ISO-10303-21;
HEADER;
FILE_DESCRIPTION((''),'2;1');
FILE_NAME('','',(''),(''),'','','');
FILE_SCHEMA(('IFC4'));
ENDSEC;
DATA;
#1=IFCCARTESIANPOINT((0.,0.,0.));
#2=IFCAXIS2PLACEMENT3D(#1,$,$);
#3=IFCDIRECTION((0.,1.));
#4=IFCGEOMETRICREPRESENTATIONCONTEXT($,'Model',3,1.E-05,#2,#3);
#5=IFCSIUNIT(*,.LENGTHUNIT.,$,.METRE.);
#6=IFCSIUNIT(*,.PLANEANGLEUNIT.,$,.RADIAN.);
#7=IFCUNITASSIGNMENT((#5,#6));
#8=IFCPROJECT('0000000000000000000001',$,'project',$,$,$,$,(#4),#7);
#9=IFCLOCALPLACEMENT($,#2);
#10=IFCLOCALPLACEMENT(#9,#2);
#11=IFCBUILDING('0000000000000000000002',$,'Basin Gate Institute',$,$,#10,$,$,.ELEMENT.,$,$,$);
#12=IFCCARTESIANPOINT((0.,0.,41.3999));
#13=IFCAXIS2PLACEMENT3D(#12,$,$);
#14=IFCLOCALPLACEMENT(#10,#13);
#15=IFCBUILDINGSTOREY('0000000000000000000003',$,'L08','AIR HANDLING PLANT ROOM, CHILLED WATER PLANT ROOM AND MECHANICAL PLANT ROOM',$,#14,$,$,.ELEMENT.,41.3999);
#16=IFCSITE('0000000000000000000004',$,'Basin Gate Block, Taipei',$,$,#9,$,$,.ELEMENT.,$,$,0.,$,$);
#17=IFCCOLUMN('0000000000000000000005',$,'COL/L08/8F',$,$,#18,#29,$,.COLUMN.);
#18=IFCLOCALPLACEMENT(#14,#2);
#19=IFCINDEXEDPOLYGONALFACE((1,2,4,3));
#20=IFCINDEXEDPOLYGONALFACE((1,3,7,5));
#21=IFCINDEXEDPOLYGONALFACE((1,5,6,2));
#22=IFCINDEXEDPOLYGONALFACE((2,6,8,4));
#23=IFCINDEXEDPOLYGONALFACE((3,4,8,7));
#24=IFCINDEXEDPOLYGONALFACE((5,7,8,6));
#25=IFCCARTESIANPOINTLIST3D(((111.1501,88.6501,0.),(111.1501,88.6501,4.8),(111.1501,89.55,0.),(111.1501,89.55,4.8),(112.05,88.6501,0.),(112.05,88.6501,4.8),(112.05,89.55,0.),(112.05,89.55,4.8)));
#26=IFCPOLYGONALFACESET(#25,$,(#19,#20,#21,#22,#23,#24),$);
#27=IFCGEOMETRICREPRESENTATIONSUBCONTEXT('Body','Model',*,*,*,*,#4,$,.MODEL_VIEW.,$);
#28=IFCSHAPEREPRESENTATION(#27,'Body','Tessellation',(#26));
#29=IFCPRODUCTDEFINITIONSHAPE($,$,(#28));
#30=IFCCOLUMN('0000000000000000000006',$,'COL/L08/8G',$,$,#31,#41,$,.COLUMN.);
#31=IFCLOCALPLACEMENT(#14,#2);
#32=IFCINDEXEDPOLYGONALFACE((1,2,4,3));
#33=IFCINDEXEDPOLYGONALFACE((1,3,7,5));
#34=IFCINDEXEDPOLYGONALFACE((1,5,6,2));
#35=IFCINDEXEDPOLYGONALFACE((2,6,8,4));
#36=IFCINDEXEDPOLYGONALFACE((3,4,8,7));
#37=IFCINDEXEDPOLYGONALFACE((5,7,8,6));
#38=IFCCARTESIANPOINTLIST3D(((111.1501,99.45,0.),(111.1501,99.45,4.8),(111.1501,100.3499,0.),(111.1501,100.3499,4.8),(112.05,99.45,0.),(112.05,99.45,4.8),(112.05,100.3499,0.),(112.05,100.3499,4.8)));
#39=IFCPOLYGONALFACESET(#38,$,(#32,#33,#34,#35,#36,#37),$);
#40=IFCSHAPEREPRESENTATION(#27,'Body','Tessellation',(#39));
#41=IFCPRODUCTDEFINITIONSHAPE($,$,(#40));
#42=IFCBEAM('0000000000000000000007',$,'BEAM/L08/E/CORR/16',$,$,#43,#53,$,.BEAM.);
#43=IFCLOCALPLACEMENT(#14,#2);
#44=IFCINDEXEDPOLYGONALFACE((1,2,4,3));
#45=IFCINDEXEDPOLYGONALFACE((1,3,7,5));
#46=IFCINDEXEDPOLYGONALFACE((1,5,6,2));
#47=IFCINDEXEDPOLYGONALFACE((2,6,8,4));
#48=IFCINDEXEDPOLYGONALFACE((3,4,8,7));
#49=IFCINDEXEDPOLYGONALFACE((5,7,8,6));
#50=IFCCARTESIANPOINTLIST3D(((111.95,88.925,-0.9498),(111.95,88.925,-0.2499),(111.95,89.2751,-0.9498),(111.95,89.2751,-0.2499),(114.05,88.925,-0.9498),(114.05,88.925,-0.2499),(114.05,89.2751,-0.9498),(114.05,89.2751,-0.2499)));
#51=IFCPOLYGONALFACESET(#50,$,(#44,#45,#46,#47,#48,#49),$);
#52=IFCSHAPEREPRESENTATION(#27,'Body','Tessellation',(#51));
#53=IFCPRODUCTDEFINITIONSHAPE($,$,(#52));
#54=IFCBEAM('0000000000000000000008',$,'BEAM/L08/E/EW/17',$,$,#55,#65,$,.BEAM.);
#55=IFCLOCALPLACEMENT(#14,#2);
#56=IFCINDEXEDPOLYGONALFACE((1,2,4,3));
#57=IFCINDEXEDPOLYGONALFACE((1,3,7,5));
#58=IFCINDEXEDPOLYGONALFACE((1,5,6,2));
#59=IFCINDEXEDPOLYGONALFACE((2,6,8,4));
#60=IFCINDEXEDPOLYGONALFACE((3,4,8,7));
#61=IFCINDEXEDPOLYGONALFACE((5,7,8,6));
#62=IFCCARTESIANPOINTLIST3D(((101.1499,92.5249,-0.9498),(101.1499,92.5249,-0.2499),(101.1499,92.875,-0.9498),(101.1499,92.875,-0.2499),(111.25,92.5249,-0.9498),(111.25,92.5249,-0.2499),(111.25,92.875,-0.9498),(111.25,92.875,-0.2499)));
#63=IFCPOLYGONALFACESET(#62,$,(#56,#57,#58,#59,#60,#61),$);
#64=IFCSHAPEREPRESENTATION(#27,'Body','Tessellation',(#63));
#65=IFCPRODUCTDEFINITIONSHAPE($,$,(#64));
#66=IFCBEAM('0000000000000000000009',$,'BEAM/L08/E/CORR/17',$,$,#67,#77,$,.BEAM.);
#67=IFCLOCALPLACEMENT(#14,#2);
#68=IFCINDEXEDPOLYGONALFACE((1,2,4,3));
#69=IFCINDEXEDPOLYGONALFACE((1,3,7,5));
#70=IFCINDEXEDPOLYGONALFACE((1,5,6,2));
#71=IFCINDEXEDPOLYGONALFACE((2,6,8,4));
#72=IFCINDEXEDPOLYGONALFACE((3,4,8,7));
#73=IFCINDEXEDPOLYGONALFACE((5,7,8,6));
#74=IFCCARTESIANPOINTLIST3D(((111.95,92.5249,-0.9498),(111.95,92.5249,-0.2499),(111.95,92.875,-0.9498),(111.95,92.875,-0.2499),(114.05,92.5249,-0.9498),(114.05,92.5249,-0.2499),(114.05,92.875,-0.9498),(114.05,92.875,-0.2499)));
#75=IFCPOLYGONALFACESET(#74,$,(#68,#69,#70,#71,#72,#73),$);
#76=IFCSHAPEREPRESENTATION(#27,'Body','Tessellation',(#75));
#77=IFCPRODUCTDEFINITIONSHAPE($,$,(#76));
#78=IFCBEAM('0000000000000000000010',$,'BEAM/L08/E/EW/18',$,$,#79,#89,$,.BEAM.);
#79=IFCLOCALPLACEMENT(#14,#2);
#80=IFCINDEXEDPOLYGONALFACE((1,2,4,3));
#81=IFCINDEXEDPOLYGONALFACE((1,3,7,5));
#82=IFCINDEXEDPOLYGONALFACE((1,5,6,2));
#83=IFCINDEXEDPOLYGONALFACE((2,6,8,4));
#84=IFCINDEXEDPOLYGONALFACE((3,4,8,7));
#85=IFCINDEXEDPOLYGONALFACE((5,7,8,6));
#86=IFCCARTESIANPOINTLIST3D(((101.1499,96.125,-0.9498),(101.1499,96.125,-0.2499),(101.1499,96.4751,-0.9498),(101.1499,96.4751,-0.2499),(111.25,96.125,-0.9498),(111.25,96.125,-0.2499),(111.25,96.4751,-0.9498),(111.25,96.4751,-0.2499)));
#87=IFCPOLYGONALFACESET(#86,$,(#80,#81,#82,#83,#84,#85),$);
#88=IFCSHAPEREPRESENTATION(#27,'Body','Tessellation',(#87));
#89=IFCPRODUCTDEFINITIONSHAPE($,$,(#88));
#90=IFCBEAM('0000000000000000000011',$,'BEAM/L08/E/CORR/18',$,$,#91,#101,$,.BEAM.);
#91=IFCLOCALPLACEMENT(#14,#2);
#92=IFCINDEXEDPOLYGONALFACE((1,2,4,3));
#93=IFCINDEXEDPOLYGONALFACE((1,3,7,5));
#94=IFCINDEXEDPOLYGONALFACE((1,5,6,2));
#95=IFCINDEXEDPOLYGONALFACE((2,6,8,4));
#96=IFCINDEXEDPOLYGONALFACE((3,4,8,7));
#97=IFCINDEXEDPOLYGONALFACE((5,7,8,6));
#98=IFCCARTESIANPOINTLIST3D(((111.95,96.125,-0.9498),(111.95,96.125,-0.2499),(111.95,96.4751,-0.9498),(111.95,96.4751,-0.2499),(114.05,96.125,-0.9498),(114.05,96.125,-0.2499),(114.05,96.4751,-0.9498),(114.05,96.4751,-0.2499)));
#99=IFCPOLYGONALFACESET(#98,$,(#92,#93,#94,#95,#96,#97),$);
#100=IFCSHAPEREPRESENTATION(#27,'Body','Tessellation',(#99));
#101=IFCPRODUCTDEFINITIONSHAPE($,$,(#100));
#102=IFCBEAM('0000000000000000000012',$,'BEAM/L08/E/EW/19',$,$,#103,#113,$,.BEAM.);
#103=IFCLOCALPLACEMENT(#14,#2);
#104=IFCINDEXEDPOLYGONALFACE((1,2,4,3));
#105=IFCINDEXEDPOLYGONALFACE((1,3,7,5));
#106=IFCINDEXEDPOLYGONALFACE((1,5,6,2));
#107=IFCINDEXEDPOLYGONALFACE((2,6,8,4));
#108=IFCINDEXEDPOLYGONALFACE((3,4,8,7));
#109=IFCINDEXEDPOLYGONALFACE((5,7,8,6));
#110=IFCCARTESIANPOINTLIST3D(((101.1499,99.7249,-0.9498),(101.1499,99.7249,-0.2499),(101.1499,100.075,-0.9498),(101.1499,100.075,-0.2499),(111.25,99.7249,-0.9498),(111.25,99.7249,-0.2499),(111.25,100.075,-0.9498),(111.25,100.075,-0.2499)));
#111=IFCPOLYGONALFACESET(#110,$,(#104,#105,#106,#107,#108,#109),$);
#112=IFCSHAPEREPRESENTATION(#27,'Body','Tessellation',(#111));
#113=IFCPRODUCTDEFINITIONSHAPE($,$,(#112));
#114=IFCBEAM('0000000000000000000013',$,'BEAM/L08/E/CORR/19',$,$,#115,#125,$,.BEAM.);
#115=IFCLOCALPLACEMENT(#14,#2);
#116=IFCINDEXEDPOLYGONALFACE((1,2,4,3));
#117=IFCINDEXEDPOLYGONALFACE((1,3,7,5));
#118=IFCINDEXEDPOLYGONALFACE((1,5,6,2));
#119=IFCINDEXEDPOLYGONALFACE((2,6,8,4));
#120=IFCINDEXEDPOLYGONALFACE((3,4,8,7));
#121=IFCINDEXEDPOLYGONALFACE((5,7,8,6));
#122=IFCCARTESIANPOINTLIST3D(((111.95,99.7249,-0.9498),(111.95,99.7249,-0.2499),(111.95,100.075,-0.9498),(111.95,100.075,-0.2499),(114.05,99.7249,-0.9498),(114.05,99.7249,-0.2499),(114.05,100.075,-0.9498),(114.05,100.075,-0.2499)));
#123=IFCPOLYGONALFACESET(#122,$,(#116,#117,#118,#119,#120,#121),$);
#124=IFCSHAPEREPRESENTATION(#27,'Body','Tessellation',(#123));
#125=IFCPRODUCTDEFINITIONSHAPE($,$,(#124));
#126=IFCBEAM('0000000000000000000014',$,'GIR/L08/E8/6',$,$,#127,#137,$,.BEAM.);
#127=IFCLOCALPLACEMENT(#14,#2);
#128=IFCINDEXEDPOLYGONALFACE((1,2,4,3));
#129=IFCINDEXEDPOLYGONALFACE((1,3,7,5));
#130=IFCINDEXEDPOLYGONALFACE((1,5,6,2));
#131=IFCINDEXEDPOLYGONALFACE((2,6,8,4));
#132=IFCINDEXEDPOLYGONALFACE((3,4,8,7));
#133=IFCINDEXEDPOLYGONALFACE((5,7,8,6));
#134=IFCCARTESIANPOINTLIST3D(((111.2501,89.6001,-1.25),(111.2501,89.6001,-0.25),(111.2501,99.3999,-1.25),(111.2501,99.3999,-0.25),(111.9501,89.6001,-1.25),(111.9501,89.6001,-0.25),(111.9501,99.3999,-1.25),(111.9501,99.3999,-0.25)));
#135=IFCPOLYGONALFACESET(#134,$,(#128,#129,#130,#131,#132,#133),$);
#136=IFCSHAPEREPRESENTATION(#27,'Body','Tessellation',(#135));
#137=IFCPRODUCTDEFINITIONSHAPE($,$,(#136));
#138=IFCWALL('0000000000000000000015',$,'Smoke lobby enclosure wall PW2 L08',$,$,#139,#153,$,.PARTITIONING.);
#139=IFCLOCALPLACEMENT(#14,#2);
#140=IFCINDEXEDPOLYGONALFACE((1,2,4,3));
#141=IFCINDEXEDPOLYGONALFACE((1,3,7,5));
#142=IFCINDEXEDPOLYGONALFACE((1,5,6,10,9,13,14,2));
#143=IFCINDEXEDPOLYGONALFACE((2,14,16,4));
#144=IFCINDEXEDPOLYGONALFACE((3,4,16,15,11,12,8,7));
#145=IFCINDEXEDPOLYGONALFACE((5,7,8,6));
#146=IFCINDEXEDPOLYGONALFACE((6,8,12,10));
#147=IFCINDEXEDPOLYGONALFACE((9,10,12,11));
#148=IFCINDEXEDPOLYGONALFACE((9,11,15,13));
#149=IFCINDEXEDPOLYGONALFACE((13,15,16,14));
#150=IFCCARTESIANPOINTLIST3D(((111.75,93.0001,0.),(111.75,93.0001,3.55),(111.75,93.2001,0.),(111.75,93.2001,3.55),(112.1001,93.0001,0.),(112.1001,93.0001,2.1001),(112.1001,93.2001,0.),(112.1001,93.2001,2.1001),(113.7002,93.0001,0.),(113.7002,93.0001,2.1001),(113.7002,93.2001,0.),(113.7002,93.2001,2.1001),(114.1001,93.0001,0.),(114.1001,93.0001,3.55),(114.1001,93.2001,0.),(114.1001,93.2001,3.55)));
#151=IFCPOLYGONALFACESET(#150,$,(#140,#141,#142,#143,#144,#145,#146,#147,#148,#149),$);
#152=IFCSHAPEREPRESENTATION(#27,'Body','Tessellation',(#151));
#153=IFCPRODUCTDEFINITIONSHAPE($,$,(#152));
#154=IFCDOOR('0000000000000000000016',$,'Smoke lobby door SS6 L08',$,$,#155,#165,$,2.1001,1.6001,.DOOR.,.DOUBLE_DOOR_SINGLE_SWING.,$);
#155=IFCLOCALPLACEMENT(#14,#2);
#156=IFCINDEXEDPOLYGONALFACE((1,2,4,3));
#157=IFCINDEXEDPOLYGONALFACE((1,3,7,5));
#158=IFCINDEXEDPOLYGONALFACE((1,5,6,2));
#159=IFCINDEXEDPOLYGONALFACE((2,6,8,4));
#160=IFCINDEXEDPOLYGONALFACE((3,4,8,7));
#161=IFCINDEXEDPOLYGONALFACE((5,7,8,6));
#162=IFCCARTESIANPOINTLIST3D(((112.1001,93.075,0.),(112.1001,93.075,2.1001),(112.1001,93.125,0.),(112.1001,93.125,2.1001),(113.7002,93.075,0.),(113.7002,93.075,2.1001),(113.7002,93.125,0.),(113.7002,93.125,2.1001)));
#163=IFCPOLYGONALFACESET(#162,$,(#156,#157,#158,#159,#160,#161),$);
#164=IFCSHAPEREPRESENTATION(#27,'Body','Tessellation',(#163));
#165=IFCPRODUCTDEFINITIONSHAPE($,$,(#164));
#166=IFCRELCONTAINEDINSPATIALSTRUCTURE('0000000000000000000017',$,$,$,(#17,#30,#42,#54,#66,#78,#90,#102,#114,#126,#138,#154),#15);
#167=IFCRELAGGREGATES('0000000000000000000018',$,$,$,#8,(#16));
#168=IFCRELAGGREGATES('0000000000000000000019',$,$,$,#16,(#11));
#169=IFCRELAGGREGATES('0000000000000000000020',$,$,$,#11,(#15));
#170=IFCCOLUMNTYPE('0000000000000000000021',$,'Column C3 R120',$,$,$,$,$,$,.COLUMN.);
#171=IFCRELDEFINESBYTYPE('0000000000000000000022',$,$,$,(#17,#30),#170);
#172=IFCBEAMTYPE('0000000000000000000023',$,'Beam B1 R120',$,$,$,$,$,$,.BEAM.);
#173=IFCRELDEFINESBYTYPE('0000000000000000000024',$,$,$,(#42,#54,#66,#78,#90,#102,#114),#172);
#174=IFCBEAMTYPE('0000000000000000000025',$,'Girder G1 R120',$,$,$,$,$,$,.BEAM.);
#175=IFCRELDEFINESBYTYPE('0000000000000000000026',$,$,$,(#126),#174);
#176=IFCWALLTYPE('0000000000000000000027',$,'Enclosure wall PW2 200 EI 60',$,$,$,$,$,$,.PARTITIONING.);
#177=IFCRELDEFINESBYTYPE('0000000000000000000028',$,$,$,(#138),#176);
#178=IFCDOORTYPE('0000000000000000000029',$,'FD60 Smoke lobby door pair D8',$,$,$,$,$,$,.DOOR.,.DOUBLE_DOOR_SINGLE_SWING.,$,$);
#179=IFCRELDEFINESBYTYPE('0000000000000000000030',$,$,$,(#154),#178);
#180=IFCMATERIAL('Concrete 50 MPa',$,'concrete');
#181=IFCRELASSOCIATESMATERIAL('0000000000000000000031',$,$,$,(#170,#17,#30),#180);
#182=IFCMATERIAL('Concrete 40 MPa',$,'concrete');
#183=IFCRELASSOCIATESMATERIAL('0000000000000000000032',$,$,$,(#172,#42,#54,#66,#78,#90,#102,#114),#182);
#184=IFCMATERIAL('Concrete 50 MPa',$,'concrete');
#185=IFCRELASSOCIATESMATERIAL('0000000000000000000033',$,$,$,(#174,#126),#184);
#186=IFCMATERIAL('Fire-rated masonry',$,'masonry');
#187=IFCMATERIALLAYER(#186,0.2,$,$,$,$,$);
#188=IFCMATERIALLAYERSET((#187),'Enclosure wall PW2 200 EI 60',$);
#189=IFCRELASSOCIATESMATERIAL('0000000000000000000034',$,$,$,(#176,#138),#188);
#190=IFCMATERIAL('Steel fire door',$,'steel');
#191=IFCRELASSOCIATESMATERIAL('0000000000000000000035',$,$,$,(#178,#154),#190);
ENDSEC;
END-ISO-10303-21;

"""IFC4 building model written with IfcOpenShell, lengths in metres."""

from ifc_helpers import new_model, si_unit, direction, frame, frame_2d, origin, origin_2d, place, context, subcontext, project, spatial, rectangle, extrude, material, layer, layer_set, material_profile, profile_set, type_object, element, fill, save


model = new_model("IFC4")

# Units and contexts
model_context = context("Model", 3, precision=1e-05, world=origin(), true_north=direction((0.0, 1.0)))
body_context = subcontext(model_context, "Body", "Model", "MODEL_VIEW")
ifc_project = project(units=[si_unit("LENGTHUNIT", "METRE"), si_unit("PLANEANGLEUNIT", "RADIAN")], contexts=[model_context])

# Site, building, storey
site_placement = place(None, origin())
site = spatial("IfcSite", under=ifc_project, at=site_placement, Name="Basin Gate Block, Taipei", CompositionType="ELEMENT", RefElevation=0.0)
building_placement = place(site_placement, origin())
building = spatial("IfcBuilding", under=site, at=building_placement, Name="Basin Gate Institute", CompositionType="ELEMENT")
storey_placement = place(building_placement, frame((0.0, 0.0, 41.3999)))
storey = spatial("IfcBuildingStorey", under=building, at=storey_placement, Name="L08", Description="AIR HANDLING PLANT ROOM, CHILLED WATER PLANT ROOM AND MECHANICAL PLANT ROOM", CompositionType="ELEMENT", Elevation=41.3999)

# Columns
ifc_material_1 = material(Name="Concrete 50 MPa", Category="concrete")
ifc_material_profile_1 = material_profile(ifc_material_1, rectangle(XDim=0.8999, YDim=0.8999, at=origin_2d()), Name="Column C3 900 x 900")
ifc_profile_set_1 = profile_set([ifc_material_profile_1], Name="Concrete 50 MPa")
column_type = type_object("IfcColumnType", Name="Column C3 R120", PredefinedType="COLUMN", material=ifc_profile_set_1)
for number, where, z_axis, x_axis, name in (
    (1, (111.6001, 89.1001, 0.0), (0.0, 0.0, 1.0), (1.0, 0.0, 0.0), "COL/L08/8F"),
    (2, (111.6001, 99.8999, 0.0), (0.0, 0.0, 1.0), (1.0, 0.0, 0.0), "COL/L08/8G"),
):
    element("IfcColumn", number, at=place(storey_placement, frame(where, z_axis=z_axis, x_axis=x_axis)), inside=storey, type_object=column_type, material=ifc_profile_set_1, Name=name, PredefinedType="COLUMN", context=body_context, shape_type="SweptSolid", body=[
        extrude(rectangle(XDim=0.8999, YDim=0.8999, at=origin_2d()), origin(), (0.0, 0.0, 1.0), 4.8),
    ])

# Beams
ifc_material_2 = material(Name="Concrete 40 MPa", Category="concrete")
ifc_material_profile_2 = material_profile(ifc_material_2, rectangle(XDim=0.3501, YDim=0.7, at=origin_2d()), Name="Beam B1 350 x 700")
ifc_profile_set_2 = profile_set([ifc_material_profile_2], Name="Concrete 40 MPa")
beam_type_1 = type_object("IfcBeamType", Name="Beam B1 R120", PredefinedType="BEAM", material=ifc_profile_set_2)
beam_1_placement = place(storey_placement, frame((114.05, 89.1001, -0.5999), z_axis=(-1.0, 0.0, 0.0), x_axis=(0.0, -1.0, 0.0)))
element("IfcBeam", 3, at=beam_1_placement, inside=storey, type_object=beam_type_1, material=ifc_profile_set_2, Name="BEAM/L08/E/CORR/16", PredefinedType="BEAM", context=body_context, shape_type="SweptSolid", body=[
    extrude(rectangle(XDim=0.3501, YDim=0.7, at=origin_2d()), origin(), (0.0, 0.0, 1.0), 2.1001),
])
beam_2_placement = place(storey_placement, frame((111.25, 92.7, -0.5999), z_axis=(-1.0, 0.0, 0.0), x_axis=(0.0, -1.0, 0.0)))
element("IfcBeam", 4, at=beam_2_placement, inside=storey, type_object=beam_type_1, material=ifc_profile_set_2, Name="BEAM/L08/E/EW/17", PredefinedType="BEAM", context=body_context, shape_type="SweptSolid", body=[
    extrude(rectangle(XDim=0.3501, YDim=0.7, at=origin_2d()), origin(), (0.0, 0.0, 1.0), 10.1001),
])
beam_3_placement = place(storey_placement, frame((114.05, 92.7, -0.5999), z_axis=(-1.0, 0.0, 0.0), x_axis=(0.0, -1.0, 0.0)))
element("IfcBeam", 5, at=beam_3_placement, inside=storey, type_object=beam_type_1, material=ifc_profile_set_2, Name="BEAM/L08/E/CORR/17", PredefinedType="BEAM", context=body_context, shape_type="SweptSolid", body=[
    extrude(rectangle(XDim=0.3501, YDim=0.7, at=origin_2d()), origin(), (0.0, 0.0, 1.0), 2.1001),
])
beam_4_placement = place(storey_placement, frame((111.25, 96.3, -0.5999), z_axis=(-1.0, 0.0, 0.0), x_axis=(0.0, -1.0, 0.0)))
element("IfcBeam", 6, at=beam_4_placement, inside=storey, type_object=beam_type_1, material=ifc_profile_set_2, Name="BEAM/L08/E/EW/18", PredefinedType="BEAM", context=body_context, shape_type="SweptSolid", body=[
    extrude(rectangle(XDim=0.3501, YDim=0.7, at=origin_2d()), origin(), (0.0, 0.0, 1.0), 10.1001),
])
beam_5_placement = place(storey_placement, frame((114.05, 96.3, -0.5999), z_axis=(-1.0, 0.0, 0.0), x_axis=(0.0, -1.0, 0.0)))
element("IfcBeam", 7, at=beam_5_placement, inside=storey, type_object=beam_type_1, material=ifc_profile_set_2, Name="BEAM/L08/E/CORR/18", PredefinedType="BEAM", context=body_context, shape_type="SweptSolid", body=[
    extrude(rectangle(XDim=0.3501, YDim=0.7, at=origin_2d()), origin(), (0.0, 0.0, 1.0), 2.1001),
])
beam_6_placement = place(storey_placement, frame((111.25, 99.8999, -0.5999), z_axis=(-1.0, 0.0, 0.0), x_axis=(0.0, -1.0, 0.0)))
element("IfcBeam", 8, at=beam_6_placement, inside=storey, type_object=beam_type_1, material=ifc_profile_set_2, Name="BEAM/L08/E/EW/19", PredefinedType="BEAM", context=body_context, shape_type="SweptSolid", body=[
    extrude(rectangle(XDim=0.3501, YDim=0.7, at=origin_2d()), origin(), (0.0, 0.0, 1.0), 10.1001),
])
beam_7_placement = place(storey_placement, frame((114.05, 99.8999, -0.5999), z_axis=(-1.0, 0.0, 0.0), x_axis=(0.0, -1.0, 0.0)))
element("IfcBeam", 9, at=beam_7_placement, inside=storey, type_object=beam_type_1, material=ifc_profile_set_2, Name="BEAM/L08/E/CORR/19", PredefinedType="BEAM", context=body_context, shape_type="SweptSolid", body=[
    extrude(rectangle(XDim=0.3501, YDim=0.7, at=origin_2d()), origin(), (0.0, 0.0, 1.0), 2.1001),
])
ifc_material_3 = material(Name="Concrete 50 MPa", Category="concrete")
ifc_material_profile_3 = material_profile(ifc_material_3, rectangle(XDim=0.7, YDim=1.0, at=origin_2d()), Name="Girder G1 700 x 1000")
ifc_profile_set_3 = profile_set([ifc_material_profile_3], Name="Concrete 50 MPa")
beam_type_2 = type_object("IfcBeamType", Name="Girder G1 R120", PredefinedType="BEAM", material=ifc_profile_set_3)
beam_8_placement = place(storey_placement, frame((111.6001, 89.6001, -0.75), z_axis=(0.0, 1.0, 0.0), x_axis=(-1.0, 0.0, 0.0)))
element("IfcBeam", 10, at=beam_8_placement, inside=storey, type_object=beam_type_2, material=ifc_profile_set_3, Name="GIR/L08/E8/6", PredefinedType="BEAM", context=body_context, shape_type="SweptSolid", body=[
    extrude(rectangle(XDim=0.7, YDim=1.0, at=origin_2d()), origin(), (0.0, 0.0, 1.0), 9.7998),
])

# Wall, opening, door
ifc_material_4 = material(Name="Fire-rated masonry", Category="masonry")
ifc_layer_1 = layer(ifc_material_4, 0.2)
ifc_layer_set_1 = layer_set([ifc_layer_1], Name="Enclosure wall PW2 200 EI 60")
wall_type_1 = type_object("IfcWallType", Name="Enclosure wall PW2 200 EI 60", PredefinedType="PARTITIONING", material=ifc_layer_set_1)
wall_1_placement = place(storey_placement, frame((114.1001, 93.1001, 0.0), z_axis=(0.0, 0.0, 1.0), x_axis=(-1.0, 0.0, 0.0)))
wall_1 = element("IfcWall", 11, at=wall_1_placement, inside=storey, type_object=wall_type_1, material=ifc_layer_set_1, Name="Smoke lobby enclosure wall PW2 L08", PredefinedType="PARTITIONING", context=body_context, shape_type="SweptSolid", body=[
    extrude(rectangle(XDim=2.3501, YDim=0.2, at=frame_2d((1.175, 0.0))), origin(), (0.0, 0.0, 1.0), 3.55),
])
opening_1_placement = place(wall_1_placement, frame((0.3999, 0.0, 0.0)))
opening_1 = element("IfcOpeningElement", 12, at=opening_1_placement, cuts=wall_1, PredefinedType="OPENING", context=body_context, shape_type="SweptSolid", body=[
    extrude(rectangle(XDim=1.6001, YDim=2.1001, at=frame_2d((0.8, 1.05))), frame((0.0, 0.1099, 0.0), z_axis=(0.0, -1.0, 0.0), x_axis=(1.0, 0.0, 0.0)), (0.0, 0.0, 1.0), 0.22),
])
ifc_material_5 = material(Name="Steel fire door", Category="steel")
door_type = type_object("IfcDoorType", Name="FD60 Smoke lobby door pair D8", OperationType="DOUBLE_DOOR_SINGLE_SWING", PredefinedType="DOOR", material=ifc_material_5)
door_placement = place(opening_1_placement, frame((1.6001, 0.0, 0.0), z_axis=(0.0, 0.0, 1.0), x_axis=(-1.0, 0.0, 0.0)))
door = element("IfcDoor", 13, at=door_placement, inside=storey, type_object=door_type, material=ifc_material_5, Name="Smoke lobby door SS6 L08", OperationType="DOUBLE_DOOR_SINGLE_SWING", OverallHeight=2.1001, OverallWidth=1.6001, PredefinedType="DOOR", context=body_context, shape_type="SweptSolid", body=[
    extrude(rectangle(XDim=1.6001, YDim=2.1001, at=frame_2d((0.8, 1.05))), frame((0.0, 0.0249, 0.0), z_axis=(0.0, -1.0, 0.0), x_axis=(1.0, 0.0, 0.0)), (0.0, 0.0, 1.0), 0.05),
])
fill(opening_1, door)

save(model, "model.ifc")
